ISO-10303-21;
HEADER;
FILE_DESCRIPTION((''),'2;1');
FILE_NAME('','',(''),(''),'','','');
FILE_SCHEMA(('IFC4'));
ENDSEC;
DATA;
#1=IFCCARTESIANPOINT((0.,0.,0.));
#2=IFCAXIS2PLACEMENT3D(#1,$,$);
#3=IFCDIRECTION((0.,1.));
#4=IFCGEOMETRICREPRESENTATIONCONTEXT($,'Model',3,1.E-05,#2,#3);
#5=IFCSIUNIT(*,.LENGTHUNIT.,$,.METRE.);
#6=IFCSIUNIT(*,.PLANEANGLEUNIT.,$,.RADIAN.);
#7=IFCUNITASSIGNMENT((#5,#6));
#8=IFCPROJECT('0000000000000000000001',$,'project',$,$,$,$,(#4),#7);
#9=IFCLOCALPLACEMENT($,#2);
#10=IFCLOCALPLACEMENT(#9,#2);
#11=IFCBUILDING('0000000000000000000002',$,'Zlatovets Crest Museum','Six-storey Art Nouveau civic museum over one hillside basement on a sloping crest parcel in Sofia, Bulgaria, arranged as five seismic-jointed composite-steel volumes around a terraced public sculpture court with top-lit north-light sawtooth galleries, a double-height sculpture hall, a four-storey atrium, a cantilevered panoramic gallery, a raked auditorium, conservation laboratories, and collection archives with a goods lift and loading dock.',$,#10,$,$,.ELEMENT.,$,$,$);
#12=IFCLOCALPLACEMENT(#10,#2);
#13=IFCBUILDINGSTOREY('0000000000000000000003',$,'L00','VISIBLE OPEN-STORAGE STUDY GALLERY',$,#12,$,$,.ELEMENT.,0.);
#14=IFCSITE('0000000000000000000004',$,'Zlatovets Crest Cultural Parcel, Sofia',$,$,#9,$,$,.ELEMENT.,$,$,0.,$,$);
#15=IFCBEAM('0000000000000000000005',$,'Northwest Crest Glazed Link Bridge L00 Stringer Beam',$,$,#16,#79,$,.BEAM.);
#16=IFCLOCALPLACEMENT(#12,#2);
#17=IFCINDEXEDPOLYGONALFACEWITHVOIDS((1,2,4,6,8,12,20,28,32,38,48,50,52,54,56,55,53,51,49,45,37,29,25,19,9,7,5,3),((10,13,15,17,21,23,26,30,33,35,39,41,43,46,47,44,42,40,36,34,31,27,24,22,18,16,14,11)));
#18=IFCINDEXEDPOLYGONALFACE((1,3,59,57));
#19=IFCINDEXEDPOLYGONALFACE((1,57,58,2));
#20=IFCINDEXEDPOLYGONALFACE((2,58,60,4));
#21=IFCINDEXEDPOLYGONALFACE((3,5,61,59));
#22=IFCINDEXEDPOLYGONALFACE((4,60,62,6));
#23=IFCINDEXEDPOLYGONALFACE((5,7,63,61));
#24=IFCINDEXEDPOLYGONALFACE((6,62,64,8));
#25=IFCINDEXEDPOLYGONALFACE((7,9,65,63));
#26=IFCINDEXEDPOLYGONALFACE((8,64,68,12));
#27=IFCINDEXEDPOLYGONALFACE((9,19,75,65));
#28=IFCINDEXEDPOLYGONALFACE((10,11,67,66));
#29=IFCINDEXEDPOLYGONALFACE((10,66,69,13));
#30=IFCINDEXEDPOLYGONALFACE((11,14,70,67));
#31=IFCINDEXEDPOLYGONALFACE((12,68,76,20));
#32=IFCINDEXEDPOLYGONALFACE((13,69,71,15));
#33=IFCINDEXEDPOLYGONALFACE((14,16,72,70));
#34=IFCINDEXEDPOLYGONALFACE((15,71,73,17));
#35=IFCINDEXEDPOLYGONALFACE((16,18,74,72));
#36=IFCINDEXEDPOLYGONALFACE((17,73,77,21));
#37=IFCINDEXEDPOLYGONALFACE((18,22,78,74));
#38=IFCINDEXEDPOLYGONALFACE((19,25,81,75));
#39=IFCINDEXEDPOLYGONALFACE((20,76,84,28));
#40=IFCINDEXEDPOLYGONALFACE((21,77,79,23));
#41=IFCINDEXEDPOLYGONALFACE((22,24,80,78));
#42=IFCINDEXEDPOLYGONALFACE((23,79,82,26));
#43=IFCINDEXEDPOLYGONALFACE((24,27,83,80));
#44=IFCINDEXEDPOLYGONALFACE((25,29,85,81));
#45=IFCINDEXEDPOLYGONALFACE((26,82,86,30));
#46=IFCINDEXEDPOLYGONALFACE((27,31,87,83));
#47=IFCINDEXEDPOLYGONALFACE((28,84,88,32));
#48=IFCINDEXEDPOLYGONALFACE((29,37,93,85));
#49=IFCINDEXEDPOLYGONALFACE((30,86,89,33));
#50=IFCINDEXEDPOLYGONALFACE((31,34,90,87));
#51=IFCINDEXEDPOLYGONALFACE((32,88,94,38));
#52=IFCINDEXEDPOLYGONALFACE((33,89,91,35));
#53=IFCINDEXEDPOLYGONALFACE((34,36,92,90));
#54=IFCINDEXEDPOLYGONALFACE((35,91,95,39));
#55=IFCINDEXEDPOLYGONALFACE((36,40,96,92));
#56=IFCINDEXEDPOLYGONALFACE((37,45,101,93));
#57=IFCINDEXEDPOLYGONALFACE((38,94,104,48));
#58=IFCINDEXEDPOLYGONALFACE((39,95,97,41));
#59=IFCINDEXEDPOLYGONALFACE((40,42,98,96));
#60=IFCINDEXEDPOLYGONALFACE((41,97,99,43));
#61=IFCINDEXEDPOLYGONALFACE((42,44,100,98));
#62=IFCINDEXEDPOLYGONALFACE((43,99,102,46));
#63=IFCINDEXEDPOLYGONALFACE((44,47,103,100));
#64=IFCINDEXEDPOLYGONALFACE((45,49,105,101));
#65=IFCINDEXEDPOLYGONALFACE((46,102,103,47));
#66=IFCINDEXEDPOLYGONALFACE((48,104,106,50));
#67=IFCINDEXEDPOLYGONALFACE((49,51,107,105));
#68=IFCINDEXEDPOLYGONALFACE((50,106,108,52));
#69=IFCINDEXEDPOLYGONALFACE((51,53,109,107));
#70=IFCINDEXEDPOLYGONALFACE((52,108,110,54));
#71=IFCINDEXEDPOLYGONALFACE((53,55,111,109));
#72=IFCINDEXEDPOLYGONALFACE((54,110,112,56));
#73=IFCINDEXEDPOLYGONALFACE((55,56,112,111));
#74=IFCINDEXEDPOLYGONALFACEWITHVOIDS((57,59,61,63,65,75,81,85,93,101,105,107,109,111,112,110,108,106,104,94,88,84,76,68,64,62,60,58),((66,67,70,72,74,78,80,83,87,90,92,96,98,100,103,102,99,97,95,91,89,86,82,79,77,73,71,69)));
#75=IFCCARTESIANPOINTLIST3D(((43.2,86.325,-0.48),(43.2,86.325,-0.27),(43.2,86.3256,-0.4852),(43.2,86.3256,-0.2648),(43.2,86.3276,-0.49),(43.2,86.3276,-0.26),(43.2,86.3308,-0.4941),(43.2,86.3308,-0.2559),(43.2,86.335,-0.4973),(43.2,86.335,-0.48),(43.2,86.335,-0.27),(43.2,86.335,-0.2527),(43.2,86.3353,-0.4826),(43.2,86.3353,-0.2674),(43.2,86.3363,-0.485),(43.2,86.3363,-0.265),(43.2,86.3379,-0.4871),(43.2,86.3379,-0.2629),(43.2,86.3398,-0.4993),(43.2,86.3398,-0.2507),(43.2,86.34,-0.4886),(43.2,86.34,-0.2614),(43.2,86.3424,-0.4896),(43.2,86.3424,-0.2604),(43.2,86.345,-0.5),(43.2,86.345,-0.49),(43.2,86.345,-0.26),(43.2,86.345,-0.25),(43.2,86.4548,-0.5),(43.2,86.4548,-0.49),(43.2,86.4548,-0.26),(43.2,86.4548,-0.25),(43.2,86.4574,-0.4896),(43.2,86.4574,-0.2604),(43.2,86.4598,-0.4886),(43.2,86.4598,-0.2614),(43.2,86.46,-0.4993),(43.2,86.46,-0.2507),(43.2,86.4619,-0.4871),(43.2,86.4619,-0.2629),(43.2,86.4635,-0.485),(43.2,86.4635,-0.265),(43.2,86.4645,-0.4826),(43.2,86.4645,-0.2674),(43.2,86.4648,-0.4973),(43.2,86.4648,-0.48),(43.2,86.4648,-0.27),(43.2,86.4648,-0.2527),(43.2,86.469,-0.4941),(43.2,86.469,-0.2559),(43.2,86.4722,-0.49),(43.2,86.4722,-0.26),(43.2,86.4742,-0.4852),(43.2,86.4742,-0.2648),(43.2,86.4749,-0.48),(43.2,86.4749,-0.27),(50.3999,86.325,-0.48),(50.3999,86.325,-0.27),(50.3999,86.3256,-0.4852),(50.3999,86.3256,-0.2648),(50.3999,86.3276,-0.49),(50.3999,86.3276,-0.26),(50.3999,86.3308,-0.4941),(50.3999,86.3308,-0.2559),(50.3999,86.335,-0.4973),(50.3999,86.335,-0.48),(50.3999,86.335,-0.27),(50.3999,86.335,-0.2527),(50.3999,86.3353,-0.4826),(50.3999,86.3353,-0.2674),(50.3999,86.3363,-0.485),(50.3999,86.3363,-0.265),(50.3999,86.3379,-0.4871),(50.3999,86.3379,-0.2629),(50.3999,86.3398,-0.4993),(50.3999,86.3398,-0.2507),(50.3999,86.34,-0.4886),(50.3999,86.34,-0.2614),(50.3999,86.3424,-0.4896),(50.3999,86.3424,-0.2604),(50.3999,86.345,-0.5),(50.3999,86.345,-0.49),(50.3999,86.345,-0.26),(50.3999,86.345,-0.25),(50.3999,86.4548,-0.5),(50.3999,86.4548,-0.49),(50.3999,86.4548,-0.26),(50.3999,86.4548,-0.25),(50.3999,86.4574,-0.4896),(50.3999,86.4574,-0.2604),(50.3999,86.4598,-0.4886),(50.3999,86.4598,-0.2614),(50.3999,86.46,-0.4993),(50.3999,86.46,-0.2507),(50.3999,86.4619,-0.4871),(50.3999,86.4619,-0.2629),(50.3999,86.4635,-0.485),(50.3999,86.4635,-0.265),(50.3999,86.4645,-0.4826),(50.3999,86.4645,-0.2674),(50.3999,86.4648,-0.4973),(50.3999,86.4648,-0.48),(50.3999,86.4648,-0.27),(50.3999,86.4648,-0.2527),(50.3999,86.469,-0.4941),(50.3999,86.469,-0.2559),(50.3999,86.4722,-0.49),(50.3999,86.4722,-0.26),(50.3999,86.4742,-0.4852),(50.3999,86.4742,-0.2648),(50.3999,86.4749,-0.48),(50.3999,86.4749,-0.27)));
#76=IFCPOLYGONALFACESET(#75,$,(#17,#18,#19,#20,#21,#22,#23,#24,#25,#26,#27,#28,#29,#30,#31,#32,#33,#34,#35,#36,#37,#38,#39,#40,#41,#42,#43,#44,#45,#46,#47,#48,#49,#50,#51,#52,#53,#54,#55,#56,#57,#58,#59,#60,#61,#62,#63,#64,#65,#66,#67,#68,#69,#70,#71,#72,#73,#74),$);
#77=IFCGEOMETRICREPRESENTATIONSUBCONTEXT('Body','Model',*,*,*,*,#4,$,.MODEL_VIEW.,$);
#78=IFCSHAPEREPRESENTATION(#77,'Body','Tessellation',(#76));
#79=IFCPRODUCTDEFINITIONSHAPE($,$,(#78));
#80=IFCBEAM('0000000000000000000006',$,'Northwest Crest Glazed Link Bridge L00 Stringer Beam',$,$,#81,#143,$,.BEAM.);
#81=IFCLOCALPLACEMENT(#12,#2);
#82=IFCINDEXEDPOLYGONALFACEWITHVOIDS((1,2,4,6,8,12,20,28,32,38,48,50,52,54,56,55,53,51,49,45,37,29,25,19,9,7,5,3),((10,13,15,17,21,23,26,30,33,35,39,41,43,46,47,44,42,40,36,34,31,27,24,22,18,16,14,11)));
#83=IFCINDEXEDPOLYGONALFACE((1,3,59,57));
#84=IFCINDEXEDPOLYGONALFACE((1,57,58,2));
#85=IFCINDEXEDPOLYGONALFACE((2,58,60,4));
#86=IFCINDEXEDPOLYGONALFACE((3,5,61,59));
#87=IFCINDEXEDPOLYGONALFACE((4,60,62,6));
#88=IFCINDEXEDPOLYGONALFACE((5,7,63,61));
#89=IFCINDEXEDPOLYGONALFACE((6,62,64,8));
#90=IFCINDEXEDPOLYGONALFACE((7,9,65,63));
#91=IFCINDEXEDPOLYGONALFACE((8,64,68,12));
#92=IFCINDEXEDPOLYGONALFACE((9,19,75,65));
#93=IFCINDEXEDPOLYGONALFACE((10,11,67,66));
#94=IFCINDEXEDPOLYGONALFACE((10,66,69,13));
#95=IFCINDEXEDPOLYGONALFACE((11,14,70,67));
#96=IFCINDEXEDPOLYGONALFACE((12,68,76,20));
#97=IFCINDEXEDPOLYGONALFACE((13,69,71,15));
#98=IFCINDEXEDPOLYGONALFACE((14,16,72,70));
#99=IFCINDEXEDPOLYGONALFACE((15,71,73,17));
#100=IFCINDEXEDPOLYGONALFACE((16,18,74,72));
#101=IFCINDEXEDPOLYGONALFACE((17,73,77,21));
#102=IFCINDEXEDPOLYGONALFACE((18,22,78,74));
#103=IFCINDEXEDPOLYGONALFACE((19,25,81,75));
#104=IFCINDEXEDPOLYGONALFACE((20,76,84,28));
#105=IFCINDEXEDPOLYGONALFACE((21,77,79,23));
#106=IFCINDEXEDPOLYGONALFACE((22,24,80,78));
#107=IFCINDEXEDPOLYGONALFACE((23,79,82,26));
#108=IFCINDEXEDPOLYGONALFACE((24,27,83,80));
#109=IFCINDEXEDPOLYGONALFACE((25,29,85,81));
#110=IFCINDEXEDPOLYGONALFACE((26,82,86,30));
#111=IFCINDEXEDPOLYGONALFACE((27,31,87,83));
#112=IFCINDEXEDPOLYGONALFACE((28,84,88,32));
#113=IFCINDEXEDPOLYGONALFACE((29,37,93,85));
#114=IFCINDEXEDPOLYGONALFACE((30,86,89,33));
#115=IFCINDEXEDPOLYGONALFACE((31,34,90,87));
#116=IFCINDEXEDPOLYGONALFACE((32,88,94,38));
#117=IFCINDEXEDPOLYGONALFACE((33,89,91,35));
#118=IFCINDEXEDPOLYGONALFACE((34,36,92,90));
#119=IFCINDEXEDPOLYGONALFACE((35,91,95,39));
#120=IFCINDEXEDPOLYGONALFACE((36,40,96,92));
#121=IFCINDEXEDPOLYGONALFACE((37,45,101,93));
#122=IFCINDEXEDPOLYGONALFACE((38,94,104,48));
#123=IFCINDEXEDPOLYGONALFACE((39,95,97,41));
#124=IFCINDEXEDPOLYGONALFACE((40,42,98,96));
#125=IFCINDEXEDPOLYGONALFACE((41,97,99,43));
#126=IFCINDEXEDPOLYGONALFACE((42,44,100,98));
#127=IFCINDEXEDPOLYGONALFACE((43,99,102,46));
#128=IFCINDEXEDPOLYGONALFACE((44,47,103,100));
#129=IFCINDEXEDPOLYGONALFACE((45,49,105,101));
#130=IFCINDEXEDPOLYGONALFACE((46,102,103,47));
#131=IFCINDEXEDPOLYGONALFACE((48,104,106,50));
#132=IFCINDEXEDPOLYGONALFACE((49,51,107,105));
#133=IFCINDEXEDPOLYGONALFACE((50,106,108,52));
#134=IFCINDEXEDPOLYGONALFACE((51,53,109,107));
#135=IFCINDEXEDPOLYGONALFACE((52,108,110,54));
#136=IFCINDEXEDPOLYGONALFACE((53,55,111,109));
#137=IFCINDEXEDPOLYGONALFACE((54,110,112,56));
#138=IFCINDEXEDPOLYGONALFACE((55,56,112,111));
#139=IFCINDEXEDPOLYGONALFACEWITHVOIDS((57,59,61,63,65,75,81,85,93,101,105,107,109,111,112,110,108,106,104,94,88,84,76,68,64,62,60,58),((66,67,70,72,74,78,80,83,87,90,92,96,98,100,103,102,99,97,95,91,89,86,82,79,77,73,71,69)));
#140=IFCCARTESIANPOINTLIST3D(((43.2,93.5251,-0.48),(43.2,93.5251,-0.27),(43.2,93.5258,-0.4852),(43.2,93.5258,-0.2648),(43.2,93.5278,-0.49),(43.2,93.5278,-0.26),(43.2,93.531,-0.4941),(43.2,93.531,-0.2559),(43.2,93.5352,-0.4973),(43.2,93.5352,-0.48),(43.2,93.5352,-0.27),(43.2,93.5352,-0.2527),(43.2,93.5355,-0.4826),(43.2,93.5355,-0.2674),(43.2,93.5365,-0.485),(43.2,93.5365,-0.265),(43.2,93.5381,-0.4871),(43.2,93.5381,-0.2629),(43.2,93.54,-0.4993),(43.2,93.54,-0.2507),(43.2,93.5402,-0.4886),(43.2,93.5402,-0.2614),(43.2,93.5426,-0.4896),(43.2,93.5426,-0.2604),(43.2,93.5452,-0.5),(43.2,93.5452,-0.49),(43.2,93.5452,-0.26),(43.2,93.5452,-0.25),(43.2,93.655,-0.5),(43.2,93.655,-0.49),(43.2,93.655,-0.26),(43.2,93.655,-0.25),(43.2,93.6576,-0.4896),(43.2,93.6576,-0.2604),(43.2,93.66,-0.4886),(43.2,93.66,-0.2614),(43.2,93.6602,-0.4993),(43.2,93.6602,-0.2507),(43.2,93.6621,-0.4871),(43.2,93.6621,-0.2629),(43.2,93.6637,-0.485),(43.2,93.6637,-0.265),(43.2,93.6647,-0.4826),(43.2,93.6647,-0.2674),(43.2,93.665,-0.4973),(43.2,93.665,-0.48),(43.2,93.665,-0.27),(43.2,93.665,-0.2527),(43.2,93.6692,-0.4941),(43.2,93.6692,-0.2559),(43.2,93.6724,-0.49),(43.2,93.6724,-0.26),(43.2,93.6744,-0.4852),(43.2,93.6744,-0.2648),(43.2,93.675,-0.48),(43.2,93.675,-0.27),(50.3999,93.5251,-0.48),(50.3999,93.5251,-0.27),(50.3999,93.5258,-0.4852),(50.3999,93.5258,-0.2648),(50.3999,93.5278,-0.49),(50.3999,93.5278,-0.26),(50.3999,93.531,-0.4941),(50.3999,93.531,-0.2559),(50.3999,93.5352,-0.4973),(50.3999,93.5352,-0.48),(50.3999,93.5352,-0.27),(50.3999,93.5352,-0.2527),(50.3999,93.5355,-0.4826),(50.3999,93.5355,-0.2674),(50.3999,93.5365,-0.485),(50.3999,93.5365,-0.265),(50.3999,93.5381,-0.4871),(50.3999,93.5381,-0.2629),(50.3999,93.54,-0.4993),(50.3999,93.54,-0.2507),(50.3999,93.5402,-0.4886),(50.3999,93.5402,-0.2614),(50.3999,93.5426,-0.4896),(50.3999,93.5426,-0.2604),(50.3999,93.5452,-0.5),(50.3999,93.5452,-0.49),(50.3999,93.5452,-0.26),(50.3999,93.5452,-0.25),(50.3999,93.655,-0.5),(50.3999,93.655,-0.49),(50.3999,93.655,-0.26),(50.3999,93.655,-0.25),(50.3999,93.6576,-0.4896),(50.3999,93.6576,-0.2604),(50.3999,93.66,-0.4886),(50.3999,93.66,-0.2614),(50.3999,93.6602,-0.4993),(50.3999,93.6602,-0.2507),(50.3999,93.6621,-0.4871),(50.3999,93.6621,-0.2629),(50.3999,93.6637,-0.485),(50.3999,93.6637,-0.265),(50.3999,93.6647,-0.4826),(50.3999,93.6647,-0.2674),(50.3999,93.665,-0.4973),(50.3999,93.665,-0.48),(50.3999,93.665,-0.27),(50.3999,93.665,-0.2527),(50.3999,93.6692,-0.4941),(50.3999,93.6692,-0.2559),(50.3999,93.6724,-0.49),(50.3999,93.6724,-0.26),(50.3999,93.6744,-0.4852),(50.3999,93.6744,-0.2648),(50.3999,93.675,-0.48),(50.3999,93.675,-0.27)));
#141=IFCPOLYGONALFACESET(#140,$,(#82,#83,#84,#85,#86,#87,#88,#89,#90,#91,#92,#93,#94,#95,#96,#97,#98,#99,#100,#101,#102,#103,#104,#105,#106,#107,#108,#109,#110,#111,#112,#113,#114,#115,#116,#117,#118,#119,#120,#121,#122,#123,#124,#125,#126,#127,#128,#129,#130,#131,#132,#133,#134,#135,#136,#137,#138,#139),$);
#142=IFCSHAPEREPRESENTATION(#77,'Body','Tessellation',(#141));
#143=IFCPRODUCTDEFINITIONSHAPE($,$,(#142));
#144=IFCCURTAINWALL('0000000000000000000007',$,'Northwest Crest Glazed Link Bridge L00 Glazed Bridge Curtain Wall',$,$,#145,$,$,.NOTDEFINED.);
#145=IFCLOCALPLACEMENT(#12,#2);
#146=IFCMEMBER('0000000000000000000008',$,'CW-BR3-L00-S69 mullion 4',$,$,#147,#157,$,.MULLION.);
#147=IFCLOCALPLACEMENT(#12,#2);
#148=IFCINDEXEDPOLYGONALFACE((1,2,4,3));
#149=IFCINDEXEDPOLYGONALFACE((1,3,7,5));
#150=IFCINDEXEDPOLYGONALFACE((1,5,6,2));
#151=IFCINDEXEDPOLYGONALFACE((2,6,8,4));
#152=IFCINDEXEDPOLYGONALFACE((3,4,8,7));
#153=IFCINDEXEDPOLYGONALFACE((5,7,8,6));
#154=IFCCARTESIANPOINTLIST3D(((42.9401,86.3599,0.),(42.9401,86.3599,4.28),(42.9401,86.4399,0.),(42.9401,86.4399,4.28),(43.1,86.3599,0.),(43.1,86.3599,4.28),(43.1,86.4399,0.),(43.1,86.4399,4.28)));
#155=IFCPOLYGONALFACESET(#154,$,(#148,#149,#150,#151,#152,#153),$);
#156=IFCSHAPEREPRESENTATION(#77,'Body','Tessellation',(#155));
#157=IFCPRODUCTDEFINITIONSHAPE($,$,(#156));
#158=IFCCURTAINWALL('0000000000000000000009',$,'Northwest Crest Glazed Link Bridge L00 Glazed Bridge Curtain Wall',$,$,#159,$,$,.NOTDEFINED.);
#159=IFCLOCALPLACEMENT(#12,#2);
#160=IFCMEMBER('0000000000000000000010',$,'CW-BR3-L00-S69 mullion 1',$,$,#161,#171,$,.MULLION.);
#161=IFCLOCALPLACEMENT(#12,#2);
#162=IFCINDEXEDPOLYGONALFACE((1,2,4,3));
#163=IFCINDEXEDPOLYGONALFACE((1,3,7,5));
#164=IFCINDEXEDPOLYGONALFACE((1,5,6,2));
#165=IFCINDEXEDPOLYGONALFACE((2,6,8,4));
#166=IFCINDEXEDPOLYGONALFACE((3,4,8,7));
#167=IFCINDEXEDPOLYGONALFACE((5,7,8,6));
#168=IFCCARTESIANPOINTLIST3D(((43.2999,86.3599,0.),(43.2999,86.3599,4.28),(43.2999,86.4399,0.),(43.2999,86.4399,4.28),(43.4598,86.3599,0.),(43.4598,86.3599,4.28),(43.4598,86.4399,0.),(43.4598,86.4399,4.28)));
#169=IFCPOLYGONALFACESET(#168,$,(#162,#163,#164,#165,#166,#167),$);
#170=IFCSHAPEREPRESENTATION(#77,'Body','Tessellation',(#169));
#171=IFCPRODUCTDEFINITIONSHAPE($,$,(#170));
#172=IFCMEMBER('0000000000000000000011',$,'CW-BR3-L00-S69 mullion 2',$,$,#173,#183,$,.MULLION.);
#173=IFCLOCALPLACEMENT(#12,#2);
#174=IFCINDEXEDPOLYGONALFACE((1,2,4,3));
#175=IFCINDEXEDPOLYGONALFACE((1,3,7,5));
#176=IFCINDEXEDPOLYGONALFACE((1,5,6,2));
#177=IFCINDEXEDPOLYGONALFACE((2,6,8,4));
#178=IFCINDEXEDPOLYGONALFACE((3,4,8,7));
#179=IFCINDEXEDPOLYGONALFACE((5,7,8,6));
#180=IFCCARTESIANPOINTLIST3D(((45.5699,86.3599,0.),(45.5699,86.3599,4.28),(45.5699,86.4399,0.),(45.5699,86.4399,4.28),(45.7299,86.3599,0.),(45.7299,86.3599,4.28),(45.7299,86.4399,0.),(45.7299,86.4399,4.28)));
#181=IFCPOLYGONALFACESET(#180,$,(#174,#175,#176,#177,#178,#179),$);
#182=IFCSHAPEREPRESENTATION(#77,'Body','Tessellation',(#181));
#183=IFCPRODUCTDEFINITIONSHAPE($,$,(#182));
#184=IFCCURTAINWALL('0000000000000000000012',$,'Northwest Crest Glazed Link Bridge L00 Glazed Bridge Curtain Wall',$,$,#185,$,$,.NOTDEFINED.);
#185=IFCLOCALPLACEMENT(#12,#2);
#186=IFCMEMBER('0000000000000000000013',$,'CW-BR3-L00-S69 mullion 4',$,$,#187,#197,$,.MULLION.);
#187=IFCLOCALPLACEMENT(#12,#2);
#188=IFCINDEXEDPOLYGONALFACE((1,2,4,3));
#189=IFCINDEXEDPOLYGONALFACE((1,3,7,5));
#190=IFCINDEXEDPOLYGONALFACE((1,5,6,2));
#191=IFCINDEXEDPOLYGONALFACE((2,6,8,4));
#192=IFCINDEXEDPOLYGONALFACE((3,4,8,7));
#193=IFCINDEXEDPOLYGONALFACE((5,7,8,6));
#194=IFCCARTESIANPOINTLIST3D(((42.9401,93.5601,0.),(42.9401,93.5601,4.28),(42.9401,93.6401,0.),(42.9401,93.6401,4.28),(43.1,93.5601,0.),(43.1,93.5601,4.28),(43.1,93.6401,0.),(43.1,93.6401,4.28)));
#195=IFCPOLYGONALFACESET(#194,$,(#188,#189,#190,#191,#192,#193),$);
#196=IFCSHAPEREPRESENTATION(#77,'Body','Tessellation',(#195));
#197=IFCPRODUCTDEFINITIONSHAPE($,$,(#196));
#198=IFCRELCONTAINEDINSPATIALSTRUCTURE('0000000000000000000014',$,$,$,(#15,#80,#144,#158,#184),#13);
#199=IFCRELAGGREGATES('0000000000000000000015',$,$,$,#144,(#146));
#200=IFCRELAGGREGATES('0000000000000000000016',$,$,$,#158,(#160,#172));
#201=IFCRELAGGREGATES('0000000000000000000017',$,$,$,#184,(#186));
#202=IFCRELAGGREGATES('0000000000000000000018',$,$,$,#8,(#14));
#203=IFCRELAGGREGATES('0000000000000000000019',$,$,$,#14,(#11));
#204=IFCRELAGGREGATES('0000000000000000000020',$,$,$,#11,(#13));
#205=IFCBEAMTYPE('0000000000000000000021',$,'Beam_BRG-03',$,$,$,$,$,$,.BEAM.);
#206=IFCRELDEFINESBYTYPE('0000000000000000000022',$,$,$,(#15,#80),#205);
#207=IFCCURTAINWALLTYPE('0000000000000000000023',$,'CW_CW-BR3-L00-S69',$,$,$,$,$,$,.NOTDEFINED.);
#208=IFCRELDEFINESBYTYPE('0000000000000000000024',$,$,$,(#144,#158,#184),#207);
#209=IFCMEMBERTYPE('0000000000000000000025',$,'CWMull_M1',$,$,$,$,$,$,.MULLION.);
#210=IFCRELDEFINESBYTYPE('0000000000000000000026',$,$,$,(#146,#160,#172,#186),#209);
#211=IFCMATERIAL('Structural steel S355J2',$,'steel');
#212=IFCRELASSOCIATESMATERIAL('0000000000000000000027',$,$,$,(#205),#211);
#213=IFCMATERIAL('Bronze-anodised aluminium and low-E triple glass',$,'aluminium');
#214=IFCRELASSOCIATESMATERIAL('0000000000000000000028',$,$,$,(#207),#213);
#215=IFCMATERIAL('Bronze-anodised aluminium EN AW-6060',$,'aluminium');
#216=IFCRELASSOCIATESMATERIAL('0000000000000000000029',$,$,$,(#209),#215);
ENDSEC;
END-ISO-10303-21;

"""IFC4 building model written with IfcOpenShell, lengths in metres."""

from ifc_helpers import new_model, si_unit, direction, frame, origin, origin_2d, place, context, subcontext, project, spatial, rectangle, hollow_rectangle, extrude, material, material_profile, profile_set, type_object, element, aggregate, save


model = new_model("IFC4")

# Units and contexts
model_context = context("Model", 3, precision=1e-05, world=origin(), true_north=direction((0.0, 1.0)))
body_context = subcontext(model_context, "Body", "Model", "MODEL_VIEW")
ifc_project = project(units=[si_unit("LENGTHUNIT", "METRE"), si_unit("PLANEANGLEUNIT", "RADIAN")], contexts=[model_context])

# Site, building, storey
site_placement = place(None, origin())
site = spatial("IfcSite", under=ifc_project, at=site_placement, Name="Zlatovets Crest Cultural Parcel, Sofia", CompositionType="ELEMENT", RefElevation=0.0)
building_placement = place(site_placement, origin())
building = spatial("IfcBuilding", under=site, at=building_placement, Name="Zlatovets Crest Museum", Description="Six-storey Art Nouveau civic museum over one hillside basement on a sloping crest parcel in Sofia, Bulgaria, arranged as five seismic-jointed composite-steel volumes around a terraced public sculpture court with top-lit north-light sawtooth galleries, a double-height sculpture hall, a four-storey atrium, a cantilevered panoramic gallery, a raked auditorium, conservation laboratories, and collection archives with a goods lift and loading dock.", CompositionType="ELEMENT")
storey_placement = place(building_placement, origin())
storey = spatial("IfcBuildingStorey", under=building, at=storey_placement, Name="L00", Description="VISIBLE OPEN-STORAGE STUDY GALLERY", CompositionType="ELEMENT", Elevation=0.0)

# Shared definitions
ifc_material_1 = material(Name="Structural steel S355J2", Category="steel")

# Beams
ifc_material_profile_1 = material_profile(ifc_material_1, hollow_rectangle(XDim=0.1499, YDim=0.25, WallThickness=0.01, InnerFilletRadius=0.01, OuterFilletRadius=0.02, at=origin_2d()), Name="RHS 150x250x10.0")
ifc_profile_set_1 = profile_set([ifc_material_profile_1], Name="Structural steel S355J2")
beam_type_1 = type_object("IfcBeamType", Name="Beam_BRG-03", PredefinedType="BEAM", material=ifc_profile_set_1)
for number, where, z_axis, x_axis, name in (
    (1, (43.2, 86.3999, -0.375), (1.0, 0.0, 0.0), (0.0, 1.0, 0.0), "Northwest Crest Glazed Link Bridge L00 Stringer Beam"),
    (2, (43.2, 93.6001, -0.375), (1.0, 0.0, 0.0), (0.0, 1.0, 0.0), "Northwest Crest Glazed Link Bridge L00 Stringer Beam"),
):
    element("IfcBeam", number, at=place(storey_placement, frame(where, z_axis=z_axis, x_axis=x_axis)), inside=storey, type_object=beam_type_1, Name=name, PredefinedType="BEAM", context=body_context, shape_type="SweptSolid", body=[
        extrude(hollow_rectangle(XDim=0.1499, YDim=0.25, WallThickness=0.01, InnerFilletRadius=0.01, OuterFilletRadius=0.02, at=origin_2d()), origin(), (0.0, 0.0, 1.0), 7.2),
    ])

# Curtain wall, member
ifc_material_2 = material(Name="Bronze-anodised aluminium and low-E triple glass", Category="aluminium")
curtain_wall_type = type_object("IfcCurtainWallType", Name="CW_CW-BR3-L00-S69", PredefinedType="NOTDEFINED", material=ifc_material_2)
curtain_wall_1_placement = place(storey_placement, origin())
curtain_wall_1 = element("IfcCurtainWall", 3, at=curtain_wall_1_placement, inside=storey, type_object=curtain_wall_type, Name="Northwest Crest Glazed Link Bridge L00 Glazed Bridge Curtain Wall", PredefinedType="NOTDEFINED")
ifc_material_3 = material(Name="Bronze-anodised aluminium EN AW-6060", Category="aluminium")
ifc_material_profile_2 = material_profile(ifc_material_3, rectangle(XDim=0.0801, YDim=0.1599, at=origin_2d()), Name="ALU 80x160")
ifc_profile_set_2 = profile_set([ifc_material_profile_2], Name="Bronze-anodised aluminium EN AW-6060")
member_type_1 = type_object("IfcMemberType", Name="CWMull_M1", PredefinedType="MULLION", material=ifc_profile_set_2)
member_1_placement = place(storey_placement, frame((43.02, 86.3999, 0.0), z_axis=(0.0, 0.0, 1.0), x_axis=(0.0, 1.0, 0.0)))
member_1 = element("IfcMember", 4, at=member_1_placement, type_object=member_type_1, Name="CW-BR3-L00-S69 mullion 4", PredefinedType="MULLION", context=body_context, shape_type="SweptSolid", body=[
    extrude(rectangle(XDim=0.0801, YDim=0.1599, at=origin_2d()), origin(), (0.0, 0.0, 1.0), 4.28),
])

# Curtain wall, members
curtain_wall_2_placement = place(storey_placement, origin())
curtain_wall_2 = element("IfcCurtainWall", 5, at=curtain_wall_2_placement, inside=storey, type_object=curtain_wall_type, Name="Northwest Crest Glazed Link Bridge L00 Glazed Bridge Curtain Wall", PredefinedType="NOTDEFINED")
member_2_placement = place(storey_placement, frame((43.3799, 86.3999, 0.0), z_axis=(0.0, 0.0, 1.0), x_axis=(0.0, 1.0, 0.0)))
member_2 = element("IfcMember", 6, at=member_2_placement, type_object=member_type_1, Name="CW-BR3-L00-S69 mullion 1", PredefinedType="MULLION", context=body_context, shape_type="SweptSolid", body=[
    extrude(rectangle(XDim=0.0801, YDim=0.1599, at=origin_2d()), origin(), (0.0, 0.0, 1.0), 4.28),
])
member_3_placement = place(storey_placement, frame((45.6499, 86.3999, 0.0), z_axis=(0.0, 0.0, 1.0), x_axis=(0.0, 1.0, 0.0)))
member_3 = element("IfcMember", 7, at=member_3_placement, type_object=member_type_1, Name="CW-BR3-L00-S69 mullion 2", PredefinedType="MULLION", context=body_context, shape_type="SweptSolid", body=[
    extrude(rectangle(XDim=0.0801, YDim=0.1599, at=origin_2d()), origin(), (0.0, 0.0, 1.0), 4.28),
])

# Curtain wall, member
curtain_wall_3_placement = place(storey_placement, origin())
curtain_wall_3 = element("IfcCurtainWall", 8, at=curtain_wall_3_placement, inside=storey, type_object=curtain_wall_type, Name="Northwest Crest Glazed Link Bridge L00 Glazed Bridge Curtain Wall", PredefinedType="NOTDEFINED")
member_4_placement = place(storey_placement, frame((43.02, 93.6001, 0.0), z_axis=(0.0, 0.0, 1.0), x_axis=(0.0, 1.0, 0.0)))
member_4 = element("IfcMember", 9, at=member_4_placement, type_object=member_type_1, Name="CW-BR3-L00-S69 mullion 4", PredefinedType="MULLION", context=body_context, shape_type="SweptSolid", body=[
    extrude(rectangle(XDim=0.0801, YDim=0.1599, at=origin_2d()), origin(), (0.0, 0.0, 1.0), 4.28),
])

aggregate(curtain_wall_1, [member_1])
aggregate(curtain_wall_2, [member_2, member_3])
aggregate(curtain_wall_3, [member_4])

save(model, "model.ifc")
